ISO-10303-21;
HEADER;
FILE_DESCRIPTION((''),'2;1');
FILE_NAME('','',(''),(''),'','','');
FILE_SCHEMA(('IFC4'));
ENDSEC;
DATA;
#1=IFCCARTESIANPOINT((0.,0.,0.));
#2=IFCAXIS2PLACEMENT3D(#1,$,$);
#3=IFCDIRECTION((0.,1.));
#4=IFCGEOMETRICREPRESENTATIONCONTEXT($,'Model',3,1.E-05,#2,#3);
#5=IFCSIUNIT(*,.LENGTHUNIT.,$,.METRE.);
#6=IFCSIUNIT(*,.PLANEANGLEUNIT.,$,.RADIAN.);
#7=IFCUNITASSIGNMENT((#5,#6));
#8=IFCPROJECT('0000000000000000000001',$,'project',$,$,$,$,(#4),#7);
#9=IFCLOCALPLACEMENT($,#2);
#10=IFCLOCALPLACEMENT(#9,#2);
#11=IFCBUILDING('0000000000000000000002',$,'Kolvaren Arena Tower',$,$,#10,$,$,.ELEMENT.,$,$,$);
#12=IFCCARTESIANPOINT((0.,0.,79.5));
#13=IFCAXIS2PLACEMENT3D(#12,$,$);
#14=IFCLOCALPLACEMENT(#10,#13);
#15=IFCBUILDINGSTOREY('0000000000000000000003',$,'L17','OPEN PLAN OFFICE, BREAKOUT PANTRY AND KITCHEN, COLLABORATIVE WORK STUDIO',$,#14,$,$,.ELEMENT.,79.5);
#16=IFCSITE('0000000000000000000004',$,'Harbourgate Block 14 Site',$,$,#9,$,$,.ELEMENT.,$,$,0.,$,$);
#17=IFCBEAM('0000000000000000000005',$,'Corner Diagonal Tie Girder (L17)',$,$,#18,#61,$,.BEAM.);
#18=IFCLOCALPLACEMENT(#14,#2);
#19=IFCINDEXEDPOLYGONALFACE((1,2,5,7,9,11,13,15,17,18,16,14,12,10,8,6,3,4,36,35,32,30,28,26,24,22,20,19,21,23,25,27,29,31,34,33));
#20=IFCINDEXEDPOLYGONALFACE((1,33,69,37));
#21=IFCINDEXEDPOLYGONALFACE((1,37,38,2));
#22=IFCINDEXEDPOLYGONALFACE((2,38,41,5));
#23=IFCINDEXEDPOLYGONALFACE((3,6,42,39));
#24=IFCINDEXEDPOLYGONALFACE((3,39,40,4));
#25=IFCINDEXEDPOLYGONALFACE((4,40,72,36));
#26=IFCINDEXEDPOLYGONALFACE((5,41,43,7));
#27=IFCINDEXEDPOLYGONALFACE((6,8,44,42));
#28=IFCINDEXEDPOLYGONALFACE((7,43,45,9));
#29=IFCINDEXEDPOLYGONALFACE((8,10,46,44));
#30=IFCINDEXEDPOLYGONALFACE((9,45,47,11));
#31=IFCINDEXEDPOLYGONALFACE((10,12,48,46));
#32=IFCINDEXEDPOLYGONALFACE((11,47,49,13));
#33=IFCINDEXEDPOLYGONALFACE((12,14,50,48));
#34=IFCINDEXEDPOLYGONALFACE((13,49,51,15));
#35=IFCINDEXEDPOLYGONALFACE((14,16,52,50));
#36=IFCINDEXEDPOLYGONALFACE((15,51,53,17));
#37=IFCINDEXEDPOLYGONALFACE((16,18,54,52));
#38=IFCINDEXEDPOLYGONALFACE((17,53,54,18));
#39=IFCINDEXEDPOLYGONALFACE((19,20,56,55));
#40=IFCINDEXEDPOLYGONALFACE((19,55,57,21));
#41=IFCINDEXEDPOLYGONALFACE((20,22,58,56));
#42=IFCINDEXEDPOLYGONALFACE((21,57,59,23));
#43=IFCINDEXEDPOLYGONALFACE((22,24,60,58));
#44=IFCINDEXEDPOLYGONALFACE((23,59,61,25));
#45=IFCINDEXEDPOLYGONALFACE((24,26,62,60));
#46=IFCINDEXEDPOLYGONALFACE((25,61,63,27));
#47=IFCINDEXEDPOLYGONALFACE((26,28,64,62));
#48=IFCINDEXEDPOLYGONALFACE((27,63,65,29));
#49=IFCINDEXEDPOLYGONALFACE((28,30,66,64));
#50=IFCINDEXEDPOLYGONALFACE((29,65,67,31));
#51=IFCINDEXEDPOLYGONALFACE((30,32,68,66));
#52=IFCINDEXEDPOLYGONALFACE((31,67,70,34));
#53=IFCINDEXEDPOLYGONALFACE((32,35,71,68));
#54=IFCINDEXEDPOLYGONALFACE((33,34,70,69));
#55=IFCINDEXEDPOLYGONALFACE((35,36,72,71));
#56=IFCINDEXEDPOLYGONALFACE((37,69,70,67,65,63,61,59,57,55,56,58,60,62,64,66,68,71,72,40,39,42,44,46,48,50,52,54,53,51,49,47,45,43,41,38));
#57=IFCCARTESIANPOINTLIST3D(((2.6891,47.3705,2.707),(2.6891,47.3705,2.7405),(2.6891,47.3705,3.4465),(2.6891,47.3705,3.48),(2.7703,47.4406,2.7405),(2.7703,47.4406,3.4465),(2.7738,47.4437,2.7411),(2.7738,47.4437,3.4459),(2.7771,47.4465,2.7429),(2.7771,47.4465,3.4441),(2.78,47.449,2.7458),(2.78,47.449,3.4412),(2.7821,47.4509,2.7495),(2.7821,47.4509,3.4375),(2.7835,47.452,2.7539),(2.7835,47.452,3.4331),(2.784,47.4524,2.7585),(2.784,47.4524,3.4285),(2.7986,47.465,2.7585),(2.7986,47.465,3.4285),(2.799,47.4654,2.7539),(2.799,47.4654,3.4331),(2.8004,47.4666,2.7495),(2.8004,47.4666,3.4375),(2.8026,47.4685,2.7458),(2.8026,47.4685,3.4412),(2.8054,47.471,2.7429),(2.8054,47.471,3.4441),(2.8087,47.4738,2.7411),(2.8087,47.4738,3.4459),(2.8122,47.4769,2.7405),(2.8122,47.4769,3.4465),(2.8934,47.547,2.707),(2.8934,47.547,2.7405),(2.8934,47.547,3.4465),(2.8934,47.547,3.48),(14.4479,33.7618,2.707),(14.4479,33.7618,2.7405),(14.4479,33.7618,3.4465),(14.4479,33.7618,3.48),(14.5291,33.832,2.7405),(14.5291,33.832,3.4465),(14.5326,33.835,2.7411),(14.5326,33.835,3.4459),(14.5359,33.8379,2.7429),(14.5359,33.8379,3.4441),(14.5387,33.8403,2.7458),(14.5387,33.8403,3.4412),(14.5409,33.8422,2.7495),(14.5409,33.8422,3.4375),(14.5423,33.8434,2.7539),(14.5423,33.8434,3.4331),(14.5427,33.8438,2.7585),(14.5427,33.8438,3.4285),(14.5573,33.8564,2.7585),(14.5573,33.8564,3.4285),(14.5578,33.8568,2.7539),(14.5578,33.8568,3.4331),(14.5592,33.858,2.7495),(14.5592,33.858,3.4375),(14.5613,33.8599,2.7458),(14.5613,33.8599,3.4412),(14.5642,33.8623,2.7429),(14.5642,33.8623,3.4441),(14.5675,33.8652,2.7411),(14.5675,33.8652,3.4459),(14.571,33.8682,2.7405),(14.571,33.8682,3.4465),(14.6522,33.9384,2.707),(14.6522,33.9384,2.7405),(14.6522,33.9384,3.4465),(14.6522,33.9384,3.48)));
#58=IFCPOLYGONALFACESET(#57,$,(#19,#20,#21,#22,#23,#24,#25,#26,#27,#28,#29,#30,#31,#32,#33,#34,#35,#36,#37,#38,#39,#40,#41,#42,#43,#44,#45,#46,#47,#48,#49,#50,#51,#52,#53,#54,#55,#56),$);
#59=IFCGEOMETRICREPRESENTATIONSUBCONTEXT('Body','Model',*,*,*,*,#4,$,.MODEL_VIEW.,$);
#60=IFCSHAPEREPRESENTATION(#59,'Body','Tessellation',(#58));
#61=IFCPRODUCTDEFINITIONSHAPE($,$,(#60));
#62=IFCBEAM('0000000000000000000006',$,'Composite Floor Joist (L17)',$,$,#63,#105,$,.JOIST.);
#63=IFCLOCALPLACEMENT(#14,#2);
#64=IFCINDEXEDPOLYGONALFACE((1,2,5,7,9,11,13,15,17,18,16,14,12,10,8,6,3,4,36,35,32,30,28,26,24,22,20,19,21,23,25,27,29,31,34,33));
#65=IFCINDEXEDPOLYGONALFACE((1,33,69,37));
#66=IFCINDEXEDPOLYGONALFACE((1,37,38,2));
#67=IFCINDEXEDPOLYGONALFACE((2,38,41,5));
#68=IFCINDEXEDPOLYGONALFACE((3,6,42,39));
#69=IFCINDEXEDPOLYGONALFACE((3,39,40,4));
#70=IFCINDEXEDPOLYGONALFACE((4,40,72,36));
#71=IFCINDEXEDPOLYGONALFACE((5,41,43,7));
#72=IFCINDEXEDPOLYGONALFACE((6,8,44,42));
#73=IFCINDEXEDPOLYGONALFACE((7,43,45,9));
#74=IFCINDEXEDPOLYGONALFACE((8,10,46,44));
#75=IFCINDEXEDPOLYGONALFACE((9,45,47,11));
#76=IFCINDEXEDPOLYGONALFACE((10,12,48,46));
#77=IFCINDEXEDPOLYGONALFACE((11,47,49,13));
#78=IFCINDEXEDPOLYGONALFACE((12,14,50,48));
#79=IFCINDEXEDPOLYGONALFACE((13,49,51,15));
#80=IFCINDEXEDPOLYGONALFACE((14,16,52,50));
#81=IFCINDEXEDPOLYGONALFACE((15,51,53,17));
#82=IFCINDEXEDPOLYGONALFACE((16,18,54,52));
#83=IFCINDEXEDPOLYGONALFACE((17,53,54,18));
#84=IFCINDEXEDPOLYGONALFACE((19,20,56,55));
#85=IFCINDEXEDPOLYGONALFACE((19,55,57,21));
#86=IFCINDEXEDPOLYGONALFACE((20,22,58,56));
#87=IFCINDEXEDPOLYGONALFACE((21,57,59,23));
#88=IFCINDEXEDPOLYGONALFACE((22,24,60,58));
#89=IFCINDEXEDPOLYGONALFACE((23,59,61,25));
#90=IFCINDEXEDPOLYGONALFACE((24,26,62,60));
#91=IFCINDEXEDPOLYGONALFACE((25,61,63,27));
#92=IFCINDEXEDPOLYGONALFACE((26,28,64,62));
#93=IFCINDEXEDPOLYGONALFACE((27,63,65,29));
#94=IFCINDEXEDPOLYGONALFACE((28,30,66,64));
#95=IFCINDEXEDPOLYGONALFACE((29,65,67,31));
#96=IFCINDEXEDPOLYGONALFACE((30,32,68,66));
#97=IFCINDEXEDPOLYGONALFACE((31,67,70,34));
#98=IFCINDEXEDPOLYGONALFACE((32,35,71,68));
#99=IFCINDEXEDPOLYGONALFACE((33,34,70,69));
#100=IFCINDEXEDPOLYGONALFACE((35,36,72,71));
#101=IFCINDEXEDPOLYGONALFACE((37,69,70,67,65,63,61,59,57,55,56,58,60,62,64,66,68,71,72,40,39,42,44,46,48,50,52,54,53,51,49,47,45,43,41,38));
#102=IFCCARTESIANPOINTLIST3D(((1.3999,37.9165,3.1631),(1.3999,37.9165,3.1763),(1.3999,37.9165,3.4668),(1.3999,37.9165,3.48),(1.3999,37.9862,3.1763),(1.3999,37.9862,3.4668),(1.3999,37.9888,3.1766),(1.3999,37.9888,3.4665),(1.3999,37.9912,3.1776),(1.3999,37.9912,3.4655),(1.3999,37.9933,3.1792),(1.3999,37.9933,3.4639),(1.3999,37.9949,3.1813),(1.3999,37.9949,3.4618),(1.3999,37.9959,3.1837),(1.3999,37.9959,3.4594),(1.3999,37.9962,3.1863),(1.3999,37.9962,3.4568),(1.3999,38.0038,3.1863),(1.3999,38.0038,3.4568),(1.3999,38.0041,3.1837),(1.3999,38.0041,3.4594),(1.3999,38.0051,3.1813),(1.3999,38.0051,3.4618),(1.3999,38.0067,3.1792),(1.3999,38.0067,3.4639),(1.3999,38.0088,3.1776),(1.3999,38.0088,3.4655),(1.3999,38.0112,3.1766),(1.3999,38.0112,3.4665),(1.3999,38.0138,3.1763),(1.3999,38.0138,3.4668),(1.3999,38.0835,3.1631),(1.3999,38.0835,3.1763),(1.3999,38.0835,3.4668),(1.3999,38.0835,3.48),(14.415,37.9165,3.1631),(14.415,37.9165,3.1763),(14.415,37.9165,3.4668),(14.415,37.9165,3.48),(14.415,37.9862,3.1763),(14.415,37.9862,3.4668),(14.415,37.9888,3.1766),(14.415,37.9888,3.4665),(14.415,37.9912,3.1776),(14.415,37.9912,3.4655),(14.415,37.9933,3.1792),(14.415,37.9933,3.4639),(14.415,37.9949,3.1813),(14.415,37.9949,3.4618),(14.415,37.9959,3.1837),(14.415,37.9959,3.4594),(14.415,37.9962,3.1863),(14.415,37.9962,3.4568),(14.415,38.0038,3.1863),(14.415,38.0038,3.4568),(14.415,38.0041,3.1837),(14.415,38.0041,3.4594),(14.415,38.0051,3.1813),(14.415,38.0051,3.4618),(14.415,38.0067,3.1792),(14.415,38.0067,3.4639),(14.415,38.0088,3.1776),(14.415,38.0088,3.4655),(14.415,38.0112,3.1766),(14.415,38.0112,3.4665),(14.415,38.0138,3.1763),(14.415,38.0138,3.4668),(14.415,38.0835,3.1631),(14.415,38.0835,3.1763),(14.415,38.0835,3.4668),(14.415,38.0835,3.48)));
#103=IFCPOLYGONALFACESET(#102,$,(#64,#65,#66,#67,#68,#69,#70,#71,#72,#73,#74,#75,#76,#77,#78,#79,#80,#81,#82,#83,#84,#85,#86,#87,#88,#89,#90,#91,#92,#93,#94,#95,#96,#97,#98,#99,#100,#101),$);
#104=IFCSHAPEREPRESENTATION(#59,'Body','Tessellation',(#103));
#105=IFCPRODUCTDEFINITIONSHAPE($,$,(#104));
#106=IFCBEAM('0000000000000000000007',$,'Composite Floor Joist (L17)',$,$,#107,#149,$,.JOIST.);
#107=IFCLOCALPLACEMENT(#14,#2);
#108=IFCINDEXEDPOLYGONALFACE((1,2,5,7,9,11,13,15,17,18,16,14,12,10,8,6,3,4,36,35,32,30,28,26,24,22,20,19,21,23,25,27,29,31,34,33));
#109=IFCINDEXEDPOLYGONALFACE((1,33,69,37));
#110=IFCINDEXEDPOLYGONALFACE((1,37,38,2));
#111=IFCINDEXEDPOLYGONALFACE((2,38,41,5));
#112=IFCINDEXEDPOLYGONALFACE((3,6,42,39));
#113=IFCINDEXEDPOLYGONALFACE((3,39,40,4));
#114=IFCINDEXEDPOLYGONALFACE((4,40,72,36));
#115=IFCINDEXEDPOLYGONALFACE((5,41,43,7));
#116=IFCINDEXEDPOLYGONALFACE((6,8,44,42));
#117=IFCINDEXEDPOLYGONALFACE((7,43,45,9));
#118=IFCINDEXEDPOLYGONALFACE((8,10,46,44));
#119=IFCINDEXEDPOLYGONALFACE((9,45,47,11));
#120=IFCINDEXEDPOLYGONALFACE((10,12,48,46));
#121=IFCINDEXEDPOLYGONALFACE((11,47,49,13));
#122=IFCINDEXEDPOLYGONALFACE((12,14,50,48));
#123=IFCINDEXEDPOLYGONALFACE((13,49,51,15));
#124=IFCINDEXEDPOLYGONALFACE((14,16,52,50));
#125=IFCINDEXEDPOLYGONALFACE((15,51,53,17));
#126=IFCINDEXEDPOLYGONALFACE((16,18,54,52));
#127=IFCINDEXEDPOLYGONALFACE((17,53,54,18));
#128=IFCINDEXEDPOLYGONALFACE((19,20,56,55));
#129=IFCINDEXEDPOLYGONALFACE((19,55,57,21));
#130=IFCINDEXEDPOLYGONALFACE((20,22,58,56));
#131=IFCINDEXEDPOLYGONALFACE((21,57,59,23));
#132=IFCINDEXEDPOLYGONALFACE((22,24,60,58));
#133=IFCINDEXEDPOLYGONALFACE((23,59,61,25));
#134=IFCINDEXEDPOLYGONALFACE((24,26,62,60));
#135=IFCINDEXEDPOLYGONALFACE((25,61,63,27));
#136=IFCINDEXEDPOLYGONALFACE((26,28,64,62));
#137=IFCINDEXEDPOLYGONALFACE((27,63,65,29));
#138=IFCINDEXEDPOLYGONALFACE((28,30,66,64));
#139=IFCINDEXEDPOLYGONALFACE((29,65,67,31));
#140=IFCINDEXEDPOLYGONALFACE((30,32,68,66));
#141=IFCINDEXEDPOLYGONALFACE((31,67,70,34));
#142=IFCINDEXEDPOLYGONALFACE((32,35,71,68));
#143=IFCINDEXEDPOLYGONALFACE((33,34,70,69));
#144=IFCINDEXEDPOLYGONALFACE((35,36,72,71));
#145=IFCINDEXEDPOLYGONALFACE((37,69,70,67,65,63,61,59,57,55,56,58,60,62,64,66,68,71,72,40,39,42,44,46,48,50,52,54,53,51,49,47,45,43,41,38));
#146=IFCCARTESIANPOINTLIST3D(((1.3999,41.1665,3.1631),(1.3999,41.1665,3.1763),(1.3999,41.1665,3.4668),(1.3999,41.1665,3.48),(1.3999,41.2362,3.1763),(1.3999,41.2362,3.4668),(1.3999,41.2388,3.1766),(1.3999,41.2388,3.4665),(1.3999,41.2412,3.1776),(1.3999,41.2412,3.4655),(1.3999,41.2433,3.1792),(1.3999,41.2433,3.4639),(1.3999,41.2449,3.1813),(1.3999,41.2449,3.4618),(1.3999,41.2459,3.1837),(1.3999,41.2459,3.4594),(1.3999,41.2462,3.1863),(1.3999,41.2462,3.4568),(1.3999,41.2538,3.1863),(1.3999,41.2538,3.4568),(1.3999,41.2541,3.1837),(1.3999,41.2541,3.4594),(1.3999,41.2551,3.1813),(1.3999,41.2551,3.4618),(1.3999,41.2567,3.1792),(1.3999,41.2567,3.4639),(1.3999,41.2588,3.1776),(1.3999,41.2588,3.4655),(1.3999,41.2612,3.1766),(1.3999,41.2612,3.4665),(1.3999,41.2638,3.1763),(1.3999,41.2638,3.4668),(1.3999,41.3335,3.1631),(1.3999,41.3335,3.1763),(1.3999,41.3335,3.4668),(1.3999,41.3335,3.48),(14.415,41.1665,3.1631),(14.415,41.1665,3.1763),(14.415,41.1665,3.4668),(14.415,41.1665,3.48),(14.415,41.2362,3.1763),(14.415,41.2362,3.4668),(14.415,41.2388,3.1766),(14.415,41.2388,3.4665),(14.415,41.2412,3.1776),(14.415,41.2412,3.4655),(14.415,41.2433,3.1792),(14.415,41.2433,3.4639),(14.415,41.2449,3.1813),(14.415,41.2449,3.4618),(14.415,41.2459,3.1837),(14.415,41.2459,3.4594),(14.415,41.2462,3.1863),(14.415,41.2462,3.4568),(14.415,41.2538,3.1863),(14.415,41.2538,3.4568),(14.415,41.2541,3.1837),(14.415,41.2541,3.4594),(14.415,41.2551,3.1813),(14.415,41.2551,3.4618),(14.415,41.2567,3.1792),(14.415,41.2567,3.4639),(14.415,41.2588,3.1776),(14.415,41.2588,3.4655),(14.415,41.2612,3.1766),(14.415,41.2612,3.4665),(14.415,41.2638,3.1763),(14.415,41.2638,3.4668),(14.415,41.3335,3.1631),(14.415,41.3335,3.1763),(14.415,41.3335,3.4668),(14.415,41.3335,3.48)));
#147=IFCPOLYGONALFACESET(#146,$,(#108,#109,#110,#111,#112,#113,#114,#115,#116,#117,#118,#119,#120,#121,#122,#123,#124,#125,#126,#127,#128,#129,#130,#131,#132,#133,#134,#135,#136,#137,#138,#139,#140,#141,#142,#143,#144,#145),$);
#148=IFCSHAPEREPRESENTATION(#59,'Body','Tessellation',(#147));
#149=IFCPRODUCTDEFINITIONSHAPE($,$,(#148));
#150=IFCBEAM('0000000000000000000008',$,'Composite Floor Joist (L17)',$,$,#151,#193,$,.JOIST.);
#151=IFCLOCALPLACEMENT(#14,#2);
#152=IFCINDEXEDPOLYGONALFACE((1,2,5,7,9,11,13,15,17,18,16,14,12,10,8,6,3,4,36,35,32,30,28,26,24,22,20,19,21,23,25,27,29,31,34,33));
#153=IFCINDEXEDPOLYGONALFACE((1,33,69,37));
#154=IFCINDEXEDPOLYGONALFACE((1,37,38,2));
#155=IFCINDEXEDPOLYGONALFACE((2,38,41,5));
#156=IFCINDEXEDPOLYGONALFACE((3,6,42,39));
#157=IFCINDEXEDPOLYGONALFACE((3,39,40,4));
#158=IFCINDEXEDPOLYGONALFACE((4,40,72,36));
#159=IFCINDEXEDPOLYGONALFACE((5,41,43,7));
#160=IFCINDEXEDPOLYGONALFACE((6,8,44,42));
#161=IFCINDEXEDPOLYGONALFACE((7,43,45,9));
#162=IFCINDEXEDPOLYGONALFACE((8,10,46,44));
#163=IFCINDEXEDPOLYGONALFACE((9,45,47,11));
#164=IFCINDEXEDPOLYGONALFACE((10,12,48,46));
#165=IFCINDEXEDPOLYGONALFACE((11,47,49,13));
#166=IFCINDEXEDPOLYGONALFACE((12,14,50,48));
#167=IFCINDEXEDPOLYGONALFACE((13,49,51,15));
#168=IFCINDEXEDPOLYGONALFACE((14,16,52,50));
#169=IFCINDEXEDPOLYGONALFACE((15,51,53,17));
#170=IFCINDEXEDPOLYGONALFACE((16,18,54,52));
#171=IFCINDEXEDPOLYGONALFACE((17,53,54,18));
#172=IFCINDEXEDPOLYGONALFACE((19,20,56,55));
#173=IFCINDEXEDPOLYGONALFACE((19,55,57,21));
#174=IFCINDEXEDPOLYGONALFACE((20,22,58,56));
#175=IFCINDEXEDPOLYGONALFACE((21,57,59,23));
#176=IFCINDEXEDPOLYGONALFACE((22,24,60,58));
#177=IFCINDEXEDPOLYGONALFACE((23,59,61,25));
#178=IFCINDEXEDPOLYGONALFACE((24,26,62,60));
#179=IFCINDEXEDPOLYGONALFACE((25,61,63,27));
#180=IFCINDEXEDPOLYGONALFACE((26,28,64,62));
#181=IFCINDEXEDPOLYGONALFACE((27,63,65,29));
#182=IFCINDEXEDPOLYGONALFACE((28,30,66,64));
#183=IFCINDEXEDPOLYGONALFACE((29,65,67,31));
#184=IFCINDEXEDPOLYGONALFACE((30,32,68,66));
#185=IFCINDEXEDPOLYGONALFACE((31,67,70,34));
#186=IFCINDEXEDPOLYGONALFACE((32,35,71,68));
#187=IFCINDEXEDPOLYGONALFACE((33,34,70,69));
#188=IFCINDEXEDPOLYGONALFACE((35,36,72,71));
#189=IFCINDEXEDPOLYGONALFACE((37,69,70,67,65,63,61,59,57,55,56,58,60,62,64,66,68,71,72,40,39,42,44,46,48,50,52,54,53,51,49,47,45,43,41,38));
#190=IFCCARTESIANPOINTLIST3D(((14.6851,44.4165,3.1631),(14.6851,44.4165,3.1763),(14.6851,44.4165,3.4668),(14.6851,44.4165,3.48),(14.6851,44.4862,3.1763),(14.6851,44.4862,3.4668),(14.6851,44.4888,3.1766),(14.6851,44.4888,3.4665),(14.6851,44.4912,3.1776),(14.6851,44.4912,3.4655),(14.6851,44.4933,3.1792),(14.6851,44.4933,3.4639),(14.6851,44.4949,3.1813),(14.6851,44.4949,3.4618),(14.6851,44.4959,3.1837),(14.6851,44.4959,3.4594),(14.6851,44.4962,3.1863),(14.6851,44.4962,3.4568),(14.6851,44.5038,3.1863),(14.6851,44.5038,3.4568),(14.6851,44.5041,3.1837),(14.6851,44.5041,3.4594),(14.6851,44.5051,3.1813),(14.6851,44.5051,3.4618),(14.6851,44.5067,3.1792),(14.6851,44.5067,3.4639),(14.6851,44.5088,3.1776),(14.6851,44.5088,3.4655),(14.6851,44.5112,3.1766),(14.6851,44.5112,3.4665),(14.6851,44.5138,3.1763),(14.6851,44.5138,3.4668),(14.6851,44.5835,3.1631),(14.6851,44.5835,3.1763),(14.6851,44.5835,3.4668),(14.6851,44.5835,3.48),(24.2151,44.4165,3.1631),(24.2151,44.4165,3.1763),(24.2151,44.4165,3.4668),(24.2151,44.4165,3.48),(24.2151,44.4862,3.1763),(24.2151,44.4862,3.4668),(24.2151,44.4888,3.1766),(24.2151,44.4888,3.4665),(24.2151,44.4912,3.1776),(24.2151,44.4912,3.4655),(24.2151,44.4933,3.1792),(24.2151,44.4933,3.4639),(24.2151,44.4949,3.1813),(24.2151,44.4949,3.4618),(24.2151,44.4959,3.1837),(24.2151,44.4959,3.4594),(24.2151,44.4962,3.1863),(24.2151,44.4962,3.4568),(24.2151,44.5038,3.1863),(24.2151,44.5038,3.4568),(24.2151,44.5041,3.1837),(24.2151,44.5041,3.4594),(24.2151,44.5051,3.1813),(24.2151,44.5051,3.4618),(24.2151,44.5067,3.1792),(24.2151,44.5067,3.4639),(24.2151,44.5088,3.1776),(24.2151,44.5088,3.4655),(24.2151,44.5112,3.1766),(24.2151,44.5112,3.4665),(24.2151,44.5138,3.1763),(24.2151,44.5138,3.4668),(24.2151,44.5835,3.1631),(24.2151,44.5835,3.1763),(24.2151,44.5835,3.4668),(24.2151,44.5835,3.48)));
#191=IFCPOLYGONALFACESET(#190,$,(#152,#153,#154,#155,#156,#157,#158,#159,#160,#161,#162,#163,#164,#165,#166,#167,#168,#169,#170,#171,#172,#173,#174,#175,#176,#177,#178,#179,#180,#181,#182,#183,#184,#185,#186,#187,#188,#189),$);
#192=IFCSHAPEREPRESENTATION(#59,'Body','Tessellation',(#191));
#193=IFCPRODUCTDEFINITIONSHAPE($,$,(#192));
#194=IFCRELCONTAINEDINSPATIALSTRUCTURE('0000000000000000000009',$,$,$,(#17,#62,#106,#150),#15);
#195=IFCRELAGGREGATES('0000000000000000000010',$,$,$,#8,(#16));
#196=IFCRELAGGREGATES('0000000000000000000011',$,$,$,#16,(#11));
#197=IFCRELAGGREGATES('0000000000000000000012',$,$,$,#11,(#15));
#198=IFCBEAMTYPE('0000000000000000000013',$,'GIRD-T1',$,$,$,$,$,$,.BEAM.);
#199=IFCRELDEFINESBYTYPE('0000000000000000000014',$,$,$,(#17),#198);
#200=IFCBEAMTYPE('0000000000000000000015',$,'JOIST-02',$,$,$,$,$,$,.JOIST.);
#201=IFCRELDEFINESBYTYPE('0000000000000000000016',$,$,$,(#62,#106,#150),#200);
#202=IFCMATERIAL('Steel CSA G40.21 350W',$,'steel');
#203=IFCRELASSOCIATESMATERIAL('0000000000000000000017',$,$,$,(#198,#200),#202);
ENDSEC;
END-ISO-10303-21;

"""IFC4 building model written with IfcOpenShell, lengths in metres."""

from ifc_helpers import new_model, si_unit, direction, frame, origin, origin_2d, place, context, subcontext, project, spatial, i_section, extrude, material, material_profile, profile_set, type_object, element, save


model = new_model("IFC4")

# Units and contexts
model_context = context("Model", 3, precision=1e-05, world=origin(), true_north=direction((0.0, 1.0)))
body_context = subcontext(model_context, "Body", "Model", "MODEL_VIEW")
ifc_project = project(units=[si_unit("LENGTHUNIT", "METRE"), si_unit("PLANEANGLEUNIT", "RADIAN")], contexts=[model_context])

# Site, building, storey
site_placement = place(None, origin())
site = spatial("IfcSite", under=ifc_project, at=site_placement, Name="Harbourgate Block 14 Site", CompositionType="ELEMENT", RefElevation=0.0)
building_placement = place(site_placement, origin())
building = spatial("IfcBuilding", under=site, at=building_placement, Name="Kolvaren Arena Tower", CompositionType="ELEMENT")
storey_placement = place(building_placement, frame((0.0, 0.0, 79.5)))
storey = spatial("IfcBuildingStorey", under=building, at=storey_placement, Name="L17", Description="OPEN PLAN OFFICE, BREAKOUT PANTRY AND KITCHEN, COLLABORATIVE WORK STUDIO", CompositionType="ELEMENT", Elevation=79.5)

# Beams
ifc_material_1 = material(Name="Steel CSA G40.21 350W", Category="steel")
ifc_material_profile_1 = material_profile(ifc_material_1, i_section(OverallWidth=0.27, OverallDepth=0.7729, WebThickness=0.0193, FlangeThickness=0.0334, FilletRadius=0.0181, at=origin_2d()), Name="W760x257")
ifc_profile_set_1 = profile_set([ifc_material_profile_1], Name="Steel CSA G40.21 350W")
beam_type_1 = type_object("IfcBeamType", Name="GIRD-T1", PredefinedType="BEAM", material=ifc_profile_set_1)
beam_1_placement = place(storey_placement, frame((2.7913, 47.4587, 3.0935), z_axis=(0.653807, -0.756662, 0.0), x_axis=(0.756662, 0.653807, 0.0)))
element("IfcBeam", 1, at=beam_1_placement, inside=storey, type_object=beam_type_1, Name="Corner Diagonal Tie Girder (L17)", PredefinedType="BEAM", context=body_context, shape_type="SweptSolid", body=[
    extrude(i_section(OverallWidth=0.27, OverallDepth=0.7729, WebThickness=0.0193, FlangeThickness=0.0334, FilletRadius=0.0181, at=origin_2d()), origin(), (0.0, 0.0, 1.0), 17.9851),
])
ifc_material_profile_2 = material_profile(ifc_material_1, i_section(OverallWidth=0.167, OverallDepth=0.3169, WebThickness=0.0076, FlangeThickness=0.0132, FilletRadius=0.01, at=origin_2d()), Name="W310x52")
ifc_profile_set_2 = profile_set([ifc_material_profile_2], Name="Steel CSA G40.21 350W")
beam_type_2 = type_object("IfcBeamType", Name="JOIST-02", PredefinedType="JOIST", material=ifc_profile_set_2)
for number, where, z_axis, x_axis, name in (
    (2, (1.3999, 38.0, 3.3215), (1.0, 0.0, 0.0), (0.0, 1.0, 0.0), "Composite Floor Joist (L17)"),
    (3, (1.3999, 41.25, 3.3215), (1.0, 0.0, 0.0), (0.0, 1.0, 0.0), "Composite Floor Joist (L17)"),
):
    element("IfcBeam", number, at=place(storey_placement, frame(where, z_axis=z_axis, x_axis=x_axis)), inside=storey, type_object=beam_type_2, Name=name, PredefinedType="JOIST", context=body_context, shape_type="SweptSolid", body=[
        extrude(i_section(OverallWidth=0.167, OverallDepth=0.3169, WebThickness=0.0076, FlangeThickness=0.0132, FilletRadius=0.01, at=origin_2d()), origin(), (0.0, 0.0, 1.0), 13.0151),
    ])
beam_2_placement = place(storey_placement, frame((14.6851, 44.5, 3.3215), z_axis=(1.0, 0.0, 0.0), x_axis=(0.0, 1.0, 0.0)))
element("IfcBeam", 4, at=beam_2_placement, inside=storey, type_object=beam_type_2, Name="Composite Floor Joist (L17)", PredefinedType="JOIST", context=body_context, shape_type="SweptSolid", body=[
    extrude(i_section(OverallWidth=0.167, OverallDepth=0.3169, WebThickness=0.0076, FlangeThickness=0.0132, FilletRadius=0.01, at=origin_2d()), origin(), (0.0, 0.0, 1.0), 9.53),
])

save(model, "model.ifc")
